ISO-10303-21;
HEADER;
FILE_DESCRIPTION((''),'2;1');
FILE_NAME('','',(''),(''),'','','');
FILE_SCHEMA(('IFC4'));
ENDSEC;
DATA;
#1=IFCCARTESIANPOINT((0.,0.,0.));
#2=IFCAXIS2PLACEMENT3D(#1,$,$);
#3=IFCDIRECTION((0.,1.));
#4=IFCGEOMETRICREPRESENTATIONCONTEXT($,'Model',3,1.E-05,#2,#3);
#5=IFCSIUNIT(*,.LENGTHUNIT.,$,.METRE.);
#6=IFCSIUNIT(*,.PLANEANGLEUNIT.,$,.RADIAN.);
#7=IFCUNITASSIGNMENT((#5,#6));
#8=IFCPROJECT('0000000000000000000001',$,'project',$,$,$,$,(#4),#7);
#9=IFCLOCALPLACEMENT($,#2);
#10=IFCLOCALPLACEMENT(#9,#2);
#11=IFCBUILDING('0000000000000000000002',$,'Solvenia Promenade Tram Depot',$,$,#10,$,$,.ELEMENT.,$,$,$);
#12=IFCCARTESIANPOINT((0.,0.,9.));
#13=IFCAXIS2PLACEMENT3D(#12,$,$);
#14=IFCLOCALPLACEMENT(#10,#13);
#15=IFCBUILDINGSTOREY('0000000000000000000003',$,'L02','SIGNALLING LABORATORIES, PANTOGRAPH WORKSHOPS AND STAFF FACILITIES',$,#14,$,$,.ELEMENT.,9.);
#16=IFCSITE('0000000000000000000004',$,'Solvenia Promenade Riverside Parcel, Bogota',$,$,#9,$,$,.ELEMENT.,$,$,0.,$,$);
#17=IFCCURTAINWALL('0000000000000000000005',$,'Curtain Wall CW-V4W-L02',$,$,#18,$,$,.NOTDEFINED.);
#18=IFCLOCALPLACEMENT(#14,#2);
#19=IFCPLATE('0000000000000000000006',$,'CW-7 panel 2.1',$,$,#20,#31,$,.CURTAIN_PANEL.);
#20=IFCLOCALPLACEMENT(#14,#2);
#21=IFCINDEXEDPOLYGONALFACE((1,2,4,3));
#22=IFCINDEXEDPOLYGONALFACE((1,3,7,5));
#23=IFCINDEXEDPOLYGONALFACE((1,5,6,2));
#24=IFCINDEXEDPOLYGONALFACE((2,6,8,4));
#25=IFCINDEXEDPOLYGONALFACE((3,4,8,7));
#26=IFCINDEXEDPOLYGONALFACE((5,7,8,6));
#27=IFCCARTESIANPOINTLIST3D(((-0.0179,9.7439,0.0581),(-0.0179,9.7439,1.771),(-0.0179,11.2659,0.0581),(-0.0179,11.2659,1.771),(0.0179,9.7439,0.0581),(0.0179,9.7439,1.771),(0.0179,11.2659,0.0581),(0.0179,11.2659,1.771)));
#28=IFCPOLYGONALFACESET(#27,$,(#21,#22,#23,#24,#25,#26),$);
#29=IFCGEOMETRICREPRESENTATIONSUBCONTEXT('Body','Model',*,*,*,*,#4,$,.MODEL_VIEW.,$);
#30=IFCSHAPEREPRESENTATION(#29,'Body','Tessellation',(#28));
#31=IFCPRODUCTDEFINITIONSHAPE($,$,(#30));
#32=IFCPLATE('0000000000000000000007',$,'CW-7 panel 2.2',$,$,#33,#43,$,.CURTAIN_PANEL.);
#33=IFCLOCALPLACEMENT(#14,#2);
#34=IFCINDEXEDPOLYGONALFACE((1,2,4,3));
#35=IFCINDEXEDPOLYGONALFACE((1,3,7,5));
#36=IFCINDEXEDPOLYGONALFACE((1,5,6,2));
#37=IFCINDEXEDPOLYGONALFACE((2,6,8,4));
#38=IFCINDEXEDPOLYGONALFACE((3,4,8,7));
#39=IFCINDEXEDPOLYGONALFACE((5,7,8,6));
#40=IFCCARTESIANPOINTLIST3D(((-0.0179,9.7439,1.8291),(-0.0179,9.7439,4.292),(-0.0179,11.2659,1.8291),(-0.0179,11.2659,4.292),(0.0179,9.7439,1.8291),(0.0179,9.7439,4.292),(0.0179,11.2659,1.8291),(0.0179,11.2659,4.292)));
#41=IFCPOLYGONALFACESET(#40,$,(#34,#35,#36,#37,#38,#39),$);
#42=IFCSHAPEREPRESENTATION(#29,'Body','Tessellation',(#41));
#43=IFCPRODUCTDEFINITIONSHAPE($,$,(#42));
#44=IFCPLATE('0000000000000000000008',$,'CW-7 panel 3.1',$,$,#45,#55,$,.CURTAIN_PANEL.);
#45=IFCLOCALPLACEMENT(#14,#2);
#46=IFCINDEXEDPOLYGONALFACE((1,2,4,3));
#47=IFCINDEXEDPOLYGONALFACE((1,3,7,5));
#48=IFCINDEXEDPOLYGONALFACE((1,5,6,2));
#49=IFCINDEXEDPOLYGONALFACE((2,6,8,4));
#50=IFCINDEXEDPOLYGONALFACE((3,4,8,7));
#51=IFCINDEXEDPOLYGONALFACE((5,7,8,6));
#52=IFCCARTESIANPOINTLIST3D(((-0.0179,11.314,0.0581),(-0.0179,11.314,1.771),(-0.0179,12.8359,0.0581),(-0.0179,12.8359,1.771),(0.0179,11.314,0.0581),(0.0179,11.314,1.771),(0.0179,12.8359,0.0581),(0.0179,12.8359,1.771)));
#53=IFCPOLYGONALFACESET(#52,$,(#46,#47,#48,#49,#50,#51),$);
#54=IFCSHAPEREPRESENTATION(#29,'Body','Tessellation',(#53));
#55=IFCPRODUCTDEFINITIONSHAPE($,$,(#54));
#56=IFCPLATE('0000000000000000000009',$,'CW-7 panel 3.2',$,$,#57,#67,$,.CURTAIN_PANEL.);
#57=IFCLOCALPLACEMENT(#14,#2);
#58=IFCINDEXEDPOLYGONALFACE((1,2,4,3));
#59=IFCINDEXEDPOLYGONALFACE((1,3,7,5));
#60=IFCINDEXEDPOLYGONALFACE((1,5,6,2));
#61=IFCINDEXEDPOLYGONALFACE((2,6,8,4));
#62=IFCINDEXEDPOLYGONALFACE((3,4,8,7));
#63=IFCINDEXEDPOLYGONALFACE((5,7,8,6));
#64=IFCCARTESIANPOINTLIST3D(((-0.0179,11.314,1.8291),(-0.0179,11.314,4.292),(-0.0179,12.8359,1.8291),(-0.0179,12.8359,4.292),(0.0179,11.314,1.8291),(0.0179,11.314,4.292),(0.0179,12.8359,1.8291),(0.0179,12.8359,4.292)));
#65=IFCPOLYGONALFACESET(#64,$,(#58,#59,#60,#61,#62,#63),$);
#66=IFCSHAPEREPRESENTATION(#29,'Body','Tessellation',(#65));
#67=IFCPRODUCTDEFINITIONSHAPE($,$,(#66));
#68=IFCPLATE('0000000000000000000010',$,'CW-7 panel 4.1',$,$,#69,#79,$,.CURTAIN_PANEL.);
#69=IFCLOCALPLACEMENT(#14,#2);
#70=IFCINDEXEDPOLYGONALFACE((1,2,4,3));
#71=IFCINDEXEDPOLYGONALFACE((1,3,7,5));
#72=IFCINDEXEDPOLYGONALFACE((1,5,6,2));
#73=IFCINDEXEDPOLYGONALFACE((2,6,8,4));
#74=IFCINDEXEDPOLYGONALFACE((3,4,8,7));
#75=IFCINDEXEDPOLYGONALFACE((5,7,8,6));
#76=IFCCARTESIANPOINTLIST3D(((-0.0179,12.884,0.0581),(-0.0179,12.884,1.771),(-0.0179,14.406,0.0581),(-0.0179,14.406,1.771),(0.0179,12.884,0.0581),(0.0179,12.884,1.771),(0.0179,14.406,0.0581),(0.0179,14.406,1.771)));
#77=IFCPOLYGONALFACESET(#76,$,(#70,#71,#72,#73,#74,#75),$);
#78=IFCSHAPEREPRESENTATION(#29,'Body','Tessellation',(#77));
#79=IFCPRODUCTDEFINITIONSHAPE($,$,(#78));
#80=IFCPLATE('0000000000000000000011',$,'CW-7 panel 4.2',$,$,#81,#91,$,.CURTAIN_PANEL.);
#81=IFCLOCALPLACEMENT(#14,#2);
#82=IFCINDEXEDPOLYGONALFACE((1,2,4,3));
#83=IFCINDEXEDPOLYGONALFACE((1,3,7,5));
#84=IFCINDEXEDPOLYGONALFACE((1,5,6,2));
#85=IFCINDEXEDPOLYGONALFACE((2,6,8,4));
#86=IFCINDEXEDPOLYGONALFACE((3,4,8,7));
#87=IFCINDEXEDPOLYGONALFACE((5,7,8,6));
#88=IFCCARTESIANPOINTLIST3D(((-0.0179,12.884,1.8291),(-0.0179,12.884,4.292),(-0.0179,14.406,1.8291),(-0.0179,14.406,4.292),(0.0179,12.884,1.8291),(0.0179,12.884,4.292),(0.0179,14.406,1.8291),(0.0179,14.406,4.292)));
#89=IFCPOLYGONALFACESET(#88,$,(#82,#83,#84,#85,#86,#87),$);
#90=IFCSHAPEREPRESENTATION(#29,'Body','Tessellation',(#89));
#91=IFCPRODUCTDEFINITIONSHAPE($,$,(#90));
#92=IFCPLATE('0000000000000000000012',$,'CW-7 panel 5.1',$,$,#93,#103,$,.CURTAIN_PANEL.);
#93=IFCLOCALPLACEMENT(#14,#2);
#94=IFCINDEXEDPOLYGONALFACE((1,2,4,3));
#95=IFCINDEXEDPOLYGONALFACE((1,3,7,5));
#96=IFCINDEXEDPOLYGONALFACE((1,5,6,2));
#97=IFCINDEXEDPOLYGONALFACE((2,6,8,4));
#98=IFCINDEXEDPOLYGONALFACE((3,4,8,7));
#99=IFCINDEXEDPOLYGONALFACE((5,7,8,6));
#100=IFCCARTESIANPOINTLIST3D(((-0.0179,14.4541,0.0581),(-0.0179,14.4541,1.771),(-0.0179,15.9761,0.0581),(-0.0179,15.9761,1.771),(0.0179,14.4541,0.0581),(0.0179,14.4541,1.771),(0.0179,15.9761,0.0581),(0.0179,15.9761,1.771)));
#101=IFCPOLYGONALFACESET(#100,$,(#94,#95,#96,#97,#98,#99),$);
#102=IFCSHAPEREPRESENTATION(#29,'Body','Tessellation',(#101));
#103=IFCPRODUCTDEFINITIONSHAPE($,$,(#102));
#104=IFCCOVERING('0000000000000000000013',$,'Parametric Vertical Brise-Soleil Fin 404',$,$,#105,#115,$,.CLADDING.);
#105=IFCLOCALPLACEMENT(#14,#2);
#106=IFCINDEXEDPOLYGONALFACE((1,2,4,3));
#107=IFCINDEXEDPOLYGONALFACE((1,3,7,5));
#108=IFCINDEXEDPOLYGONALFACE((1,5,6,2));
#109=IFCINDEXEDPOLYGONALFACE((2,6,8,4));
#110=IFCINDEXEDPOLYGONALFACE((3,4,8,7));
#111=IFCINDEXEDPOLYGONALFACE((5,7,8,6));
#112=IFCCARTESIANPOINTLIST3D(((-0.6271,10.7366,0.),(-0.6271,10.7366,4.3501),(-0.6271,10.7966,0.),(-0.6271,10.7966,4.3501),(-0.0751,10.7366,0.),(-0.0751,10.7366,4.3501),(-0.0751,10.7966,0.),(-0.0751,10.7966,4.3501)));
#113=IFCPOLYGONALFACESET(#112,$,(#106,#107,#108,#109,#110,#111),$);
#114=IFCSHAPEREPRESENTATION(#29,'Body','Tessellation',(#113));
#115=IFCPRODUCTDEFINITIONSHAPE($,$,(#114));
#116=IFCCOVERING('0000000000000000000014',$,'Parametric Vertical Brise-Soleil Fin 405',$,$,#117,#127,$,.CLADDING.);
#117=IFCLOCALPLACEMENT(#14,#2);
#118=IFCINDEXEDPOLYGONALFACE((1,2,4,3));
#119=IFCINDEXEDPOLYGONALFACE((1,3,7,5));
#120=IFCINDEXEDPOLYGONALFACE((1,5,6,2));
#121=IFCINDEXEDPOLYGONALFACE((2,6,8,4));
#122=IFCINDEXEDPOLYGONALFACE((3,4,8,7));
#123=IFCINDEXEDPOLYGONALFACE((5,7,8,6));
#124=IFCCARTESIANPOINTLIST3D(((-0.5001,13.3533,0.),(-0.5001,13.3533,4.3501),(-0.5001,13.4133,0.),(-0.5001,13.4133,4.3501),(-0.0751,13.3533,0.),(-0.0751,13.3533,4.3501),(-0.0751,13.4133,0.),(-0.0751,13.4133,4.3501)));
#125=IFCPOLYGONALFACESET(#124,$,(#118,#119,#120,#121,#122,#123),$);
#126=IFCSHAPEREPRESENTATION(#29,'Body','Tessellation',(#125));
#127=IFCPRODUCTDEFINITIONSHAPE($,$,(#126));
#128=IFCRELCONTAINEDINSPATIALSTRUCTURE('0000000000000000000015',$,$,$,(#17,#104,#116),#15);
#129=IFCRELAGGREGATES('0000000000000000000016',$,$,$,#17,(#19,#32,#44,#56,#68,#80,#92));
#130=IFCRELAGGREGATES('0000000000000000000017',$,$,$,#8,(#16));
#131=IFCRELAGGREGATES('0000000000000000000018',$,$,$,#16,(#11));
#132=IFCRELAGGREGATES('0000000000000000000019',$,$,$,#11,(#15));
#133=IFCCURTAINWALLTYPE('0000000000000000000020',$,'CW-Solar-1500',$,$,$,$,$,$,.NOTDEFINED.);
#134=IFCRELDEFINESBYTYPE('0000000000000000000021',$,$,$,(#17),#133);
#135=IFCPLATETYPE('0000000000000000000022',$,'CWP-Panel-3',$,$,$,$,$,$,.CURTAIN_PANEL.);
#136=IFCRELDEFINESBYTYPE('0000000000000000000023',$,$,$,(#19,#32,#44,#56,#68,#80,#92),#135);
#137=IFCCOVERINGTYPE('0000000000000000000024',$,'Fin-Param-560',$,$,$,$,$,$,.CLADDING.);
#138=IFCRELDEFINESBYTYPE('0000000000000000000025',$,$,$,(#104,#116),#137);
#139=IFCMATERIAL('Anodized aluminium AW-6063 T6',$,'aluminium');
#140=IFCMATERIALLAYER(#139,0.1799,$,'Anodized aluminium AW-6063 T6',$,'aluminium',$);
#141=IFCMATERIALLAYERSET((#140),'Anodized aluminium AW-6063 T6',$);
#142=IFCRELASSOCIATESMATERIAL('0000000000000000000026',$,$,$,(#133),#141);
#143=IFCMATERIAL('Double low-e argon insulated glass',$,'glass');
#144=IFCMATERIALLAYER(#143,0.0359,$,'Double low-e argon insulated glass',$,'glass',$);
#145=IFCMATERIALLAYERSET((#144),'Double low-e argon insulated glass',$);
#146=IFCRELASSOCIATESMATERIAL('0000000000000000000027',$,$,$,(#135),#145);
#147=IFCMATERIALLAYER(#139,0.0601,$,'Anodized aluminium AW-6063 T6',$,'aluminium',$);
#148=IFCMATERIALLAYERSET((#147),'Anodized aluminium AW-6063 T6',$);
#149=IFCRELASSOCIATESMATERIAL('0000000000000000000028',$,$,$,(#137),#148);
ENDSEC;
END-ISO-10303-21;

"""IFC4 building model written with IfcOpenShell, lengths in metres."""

from ifc_helpers import new_model, si_unit, direction, frame, origin, origin_2d, place, context, subcontext, project, spatial, rectangle, extrude, material, layer, layer_set, type_object, element, aggregate, save


model = new_model("IFC4")

# Units and contexts
model_context = context("Model", 3, precision=1e-05, world=origin(), true_north=direction((0.0, 1.0)))
body_context = subcontext(model_context, "Body", "Model", "MODEL_VIEW")
ifc_project = project(units=[si_unit("LENGTHUNIT", "METRE"), si_unit("PLANEANGLEUNIT", "RADIAN")], contexts=[model_context])

# Site, building, storey
site_placement = place(None, origin())
site = spatial("IfcSite", under=ifc_project, at=site_placement, Name="Solvenia Promenade Riverside Parcel, Bogota", CompositionType="ELEMENT", RefElevation=0.0)
building_placement = place(site_placement, origin())
building = spatial("IfcBuilding", under=site, at=building_placement, Name="Solvenia Promenade Tram Depot", CompositionType="ELEMENT")
storey_placement = place(building_placement, frame((0.0, 0.0, 9.0)))
storey = spatial("IfcBuildingStorey", under=building, at=storey_placement, Name="L02", Description="SIGNALLING LABORATORIES, PANTOGRAPH WORKSHOPS AND STAFF FACILITIES", CompositionType="ELEMENT", Elevation=9.0)

# Curtain wall, plates
ifc_material_1 = material(Name="Anodized aluminium AW-6063 T6", Category="aluminium")
ifc_layer_1 = layer(ifc_material_1, 0.1799, Name="Anodized aluminium AW-6063 T6", Category="aluminium")
ifc_layer_set_1 = layer_set([ifc_layer_1], Name="Anodized aluminium AW-6063 T6")
curtain_wall_type = type_object("IfcCurtainWallType", Name="CW-Solar-1500", PredefinedType="NOTDEFINED", material=ifc_layer_set_1)
curtain_wall_placement = place(storey_placement, origin())
curtain_wall = element("IfcCurtainWall", 1, at=curtain_wall_placement, inside=storey, type_object=curtain_wall_type, Name="Curtain Wall CW-V4W-L02", PredefinedType="NOTDEFINED")
ifc_material_2 = material(Name="Double low-e argon insulated glass", Category="glass")
ifc_layer_2 = layer(ifc_material_2, 0.0359, Name="Double low-e argon insulated glass", Category="glass")
ifc_layer_set_2 = layer_set([ifc_layer_2], Name="Double low-e argon insulated glass")
plate_type = type_object("IfcPlateType", Name="CWP-Panel-3", PredefinedType="CURTAIN_PANEL", material=ifc_layer_set_2)
plate_1_placement = place(storey_placement, frame((0.0, 10.5049, 0.0581), z_axis=(0.0, 0.0, 1.0), x_axis=(0.0, 1.0, 0.0)))
plate_1 = element("IfcPlate", 2, at=plate_1_placement, type_object=plate_type, Name="CW-7 panel 2.1", PredefinedType="CURTAIN_PANEL", context=body_context, shape_type="SweptSolid", body=[
    extrude(rectangle(XDim=1.522, YDim=0.0359, at=origin_2d()), origin(), (0.0, 0.0, 1.0), 1.7129),
])
plate_2_placement = place(storey_placement, frame((0.0, 10.5049, 1.8291), z_axis=(0.0, 0.0, 1.0), x_axis=(0.0, 1.0, 0.0)))
plate_2 = element("IfcPlate", 3, at=plate_2_placement, type_object=plate_type, Name="CW-7 panel 2.2", PredefinedType="CURTAIN_PANEL", context=body_context, shape_type="SweptSolid", body=[
    extrude(rectangle(XDim=1.522, YDim=0.0359, at=origin_2d()), origin(), (0.0, 0.0, 1.0), 2.4629),
])
plate_3_placement = place(storey_placement, frame((0.0, 12.075, 0.0581), z_axis=(0.0, 0.0, 1.0), x_axis=(0.0, 1.0, 0.0)))
plate_3 = element("IfcPlate", 4, at=plate_3_placement, type_object=plate_type, Name="CW-7 panel 3.1", PredefinedType="CURTAIN_PANEL", context=body_context, shape_type="SweptSolid", body=[
    extrude(rectangle(XDim=1.522, YDim=0.0359, at=origin_2d()), origin(), (0.0, 0.0, 1.0), 1.7129),
])
plate_4_placement = place(storey_placement, frame((0.0, 12.075, 1.8291), z_axis=(0.0, 0.0, 1.0), x_axis=(0.0, 1.0, 0.0)))
plate_4 = element("IfcPlate", 5, at=plate_4_placement, type_object=plate_type, Name="CW-7 panel 3.2", PredefinedType="CURTAIN_PANEL", context=body_context, shape_type="SweptSolid", body=[
    extrude(rectangle(XDim=1.522, YDim=0.0359, at=origin_2d()), origin(), (0.0, 0.0, 1.0), 2.4629),
])
plate_5_placement = place(storey_placement, frame((0.0, 13.645, 0.0581), z_axis=(0.0, 0.0, 1.0), x_axis=(0.0, 1.0, 0.0)))
plate_5 = element("IfcPlate", 6, at=plate_5_placement, type_object=plate_type, Name="CW-7 panel 4.1", PredefinedType="CURTAIN_PANEL", context=body_context, shape_type="SweptSolid", body=[
    extrude(rectangle(XDim=1.522, YDim=0.0359, at=origin_2d()), origin(), (0.0, 0.0, 1.0), 1.7129),
])
plate_6_placement = place(storey_placement, frame((0.0, 13.645, 1.8291), z_axis=(0.0, 0.0, 1.0), x_axis=(0.0, 1.0, 0.0)))
plate_6 = element("IfcPlate", 7, at=plate_6_placement, type_object=plate_type, Name="CW-7 panel 4.2", PredefinedType="CURTAIN_PANEL", context=body_context, shape_type="SweptSolid", body=[
    extrude(rectangle(XDim=1.522, YDim=0.0359, at=origin_2d()), origin(), (0.0, 0.0, 1.0), 2.4629),
])
plate_7_placement = place(storey_placement, frame((0.0, 15.2151, 0.0581), z_axis=(0.0, 0.0, 1.0), x_axis=(0.0, 1.0, 0.0)))
plate_7 = element("IfcPlate", 8, at=plate_7_placement, type_object=plate_type, Name="CW-7 panel 5.1", PredefinedType="CURTAIN_PANEL", context=body_context, shape_type="SweptSolid", body=[
    extrude(rectangle(XDim=1.522, YDim=0.0359, at=origin_2d()), origin(), (0.0, 0.0, 1.0), 1.7129),
])
aggregate(curtain_wall, [plate_1, plate_2, plate_3, plate_4, plate_5, plate_6, plate_7])

# Coverings
ifc_layer_3 = layer(ifc_material_1, 0.0601, Name="Anodized aluminium AW-6063 T6", Category="aluminium")
ifc_layer_set_3 = layer_set([ifc_layer_3], Name="Anodized aluminium AW-6063 T6")
covering_type = type_object("IfcCoveringType", Name="Fin-Param-560", PredefinedType="CLADDING", material=ifc_layer_set_3)
covering_1_placement = place(storey_placement, frame((-0.3511, 10.7666, 0.0), z_axis=(0.0, 0.0, 1.0), x_axis=(0.0, 1.0, 0.0)))
element("IfcCovering", 9, at=covering_1_placement, inside=storey, type_object=covering_type, Name="Parametric Vertical Brise-Soleil Fin 404", PredefinedType="CLADDING", context=body_context, shape_type="SweptSolid", body=[
    extrude(rectangle(XDim=0.0601, YDim=0.552, at=origin_2d()), origin(), (0.0, 0.0, 1.0), 4.3501),
])
covering_2_placement = place(storey_placement, frame((-0.2876, 13.3833, 0.0), z_axis=(0.0, 0.0, 1.0), x_axis=(0.0, 1.0, 0.0)))
element("IfcCovering", 10, at=covering_2_placement, inside=storey, type_object=covering_type, Name="Parametric Vertical Brise-Soleil Fin 405", PredefinedType="CLADDING", context=body_context, shape_type="SweptSolid", body=[
    extrude(rectangle(XDim=0.0601, YDim=0.425, at=origin_2d()), origin(), (0.0, 0.0, 1.0), 4.3501),
])

save(model, "model.ifc")
